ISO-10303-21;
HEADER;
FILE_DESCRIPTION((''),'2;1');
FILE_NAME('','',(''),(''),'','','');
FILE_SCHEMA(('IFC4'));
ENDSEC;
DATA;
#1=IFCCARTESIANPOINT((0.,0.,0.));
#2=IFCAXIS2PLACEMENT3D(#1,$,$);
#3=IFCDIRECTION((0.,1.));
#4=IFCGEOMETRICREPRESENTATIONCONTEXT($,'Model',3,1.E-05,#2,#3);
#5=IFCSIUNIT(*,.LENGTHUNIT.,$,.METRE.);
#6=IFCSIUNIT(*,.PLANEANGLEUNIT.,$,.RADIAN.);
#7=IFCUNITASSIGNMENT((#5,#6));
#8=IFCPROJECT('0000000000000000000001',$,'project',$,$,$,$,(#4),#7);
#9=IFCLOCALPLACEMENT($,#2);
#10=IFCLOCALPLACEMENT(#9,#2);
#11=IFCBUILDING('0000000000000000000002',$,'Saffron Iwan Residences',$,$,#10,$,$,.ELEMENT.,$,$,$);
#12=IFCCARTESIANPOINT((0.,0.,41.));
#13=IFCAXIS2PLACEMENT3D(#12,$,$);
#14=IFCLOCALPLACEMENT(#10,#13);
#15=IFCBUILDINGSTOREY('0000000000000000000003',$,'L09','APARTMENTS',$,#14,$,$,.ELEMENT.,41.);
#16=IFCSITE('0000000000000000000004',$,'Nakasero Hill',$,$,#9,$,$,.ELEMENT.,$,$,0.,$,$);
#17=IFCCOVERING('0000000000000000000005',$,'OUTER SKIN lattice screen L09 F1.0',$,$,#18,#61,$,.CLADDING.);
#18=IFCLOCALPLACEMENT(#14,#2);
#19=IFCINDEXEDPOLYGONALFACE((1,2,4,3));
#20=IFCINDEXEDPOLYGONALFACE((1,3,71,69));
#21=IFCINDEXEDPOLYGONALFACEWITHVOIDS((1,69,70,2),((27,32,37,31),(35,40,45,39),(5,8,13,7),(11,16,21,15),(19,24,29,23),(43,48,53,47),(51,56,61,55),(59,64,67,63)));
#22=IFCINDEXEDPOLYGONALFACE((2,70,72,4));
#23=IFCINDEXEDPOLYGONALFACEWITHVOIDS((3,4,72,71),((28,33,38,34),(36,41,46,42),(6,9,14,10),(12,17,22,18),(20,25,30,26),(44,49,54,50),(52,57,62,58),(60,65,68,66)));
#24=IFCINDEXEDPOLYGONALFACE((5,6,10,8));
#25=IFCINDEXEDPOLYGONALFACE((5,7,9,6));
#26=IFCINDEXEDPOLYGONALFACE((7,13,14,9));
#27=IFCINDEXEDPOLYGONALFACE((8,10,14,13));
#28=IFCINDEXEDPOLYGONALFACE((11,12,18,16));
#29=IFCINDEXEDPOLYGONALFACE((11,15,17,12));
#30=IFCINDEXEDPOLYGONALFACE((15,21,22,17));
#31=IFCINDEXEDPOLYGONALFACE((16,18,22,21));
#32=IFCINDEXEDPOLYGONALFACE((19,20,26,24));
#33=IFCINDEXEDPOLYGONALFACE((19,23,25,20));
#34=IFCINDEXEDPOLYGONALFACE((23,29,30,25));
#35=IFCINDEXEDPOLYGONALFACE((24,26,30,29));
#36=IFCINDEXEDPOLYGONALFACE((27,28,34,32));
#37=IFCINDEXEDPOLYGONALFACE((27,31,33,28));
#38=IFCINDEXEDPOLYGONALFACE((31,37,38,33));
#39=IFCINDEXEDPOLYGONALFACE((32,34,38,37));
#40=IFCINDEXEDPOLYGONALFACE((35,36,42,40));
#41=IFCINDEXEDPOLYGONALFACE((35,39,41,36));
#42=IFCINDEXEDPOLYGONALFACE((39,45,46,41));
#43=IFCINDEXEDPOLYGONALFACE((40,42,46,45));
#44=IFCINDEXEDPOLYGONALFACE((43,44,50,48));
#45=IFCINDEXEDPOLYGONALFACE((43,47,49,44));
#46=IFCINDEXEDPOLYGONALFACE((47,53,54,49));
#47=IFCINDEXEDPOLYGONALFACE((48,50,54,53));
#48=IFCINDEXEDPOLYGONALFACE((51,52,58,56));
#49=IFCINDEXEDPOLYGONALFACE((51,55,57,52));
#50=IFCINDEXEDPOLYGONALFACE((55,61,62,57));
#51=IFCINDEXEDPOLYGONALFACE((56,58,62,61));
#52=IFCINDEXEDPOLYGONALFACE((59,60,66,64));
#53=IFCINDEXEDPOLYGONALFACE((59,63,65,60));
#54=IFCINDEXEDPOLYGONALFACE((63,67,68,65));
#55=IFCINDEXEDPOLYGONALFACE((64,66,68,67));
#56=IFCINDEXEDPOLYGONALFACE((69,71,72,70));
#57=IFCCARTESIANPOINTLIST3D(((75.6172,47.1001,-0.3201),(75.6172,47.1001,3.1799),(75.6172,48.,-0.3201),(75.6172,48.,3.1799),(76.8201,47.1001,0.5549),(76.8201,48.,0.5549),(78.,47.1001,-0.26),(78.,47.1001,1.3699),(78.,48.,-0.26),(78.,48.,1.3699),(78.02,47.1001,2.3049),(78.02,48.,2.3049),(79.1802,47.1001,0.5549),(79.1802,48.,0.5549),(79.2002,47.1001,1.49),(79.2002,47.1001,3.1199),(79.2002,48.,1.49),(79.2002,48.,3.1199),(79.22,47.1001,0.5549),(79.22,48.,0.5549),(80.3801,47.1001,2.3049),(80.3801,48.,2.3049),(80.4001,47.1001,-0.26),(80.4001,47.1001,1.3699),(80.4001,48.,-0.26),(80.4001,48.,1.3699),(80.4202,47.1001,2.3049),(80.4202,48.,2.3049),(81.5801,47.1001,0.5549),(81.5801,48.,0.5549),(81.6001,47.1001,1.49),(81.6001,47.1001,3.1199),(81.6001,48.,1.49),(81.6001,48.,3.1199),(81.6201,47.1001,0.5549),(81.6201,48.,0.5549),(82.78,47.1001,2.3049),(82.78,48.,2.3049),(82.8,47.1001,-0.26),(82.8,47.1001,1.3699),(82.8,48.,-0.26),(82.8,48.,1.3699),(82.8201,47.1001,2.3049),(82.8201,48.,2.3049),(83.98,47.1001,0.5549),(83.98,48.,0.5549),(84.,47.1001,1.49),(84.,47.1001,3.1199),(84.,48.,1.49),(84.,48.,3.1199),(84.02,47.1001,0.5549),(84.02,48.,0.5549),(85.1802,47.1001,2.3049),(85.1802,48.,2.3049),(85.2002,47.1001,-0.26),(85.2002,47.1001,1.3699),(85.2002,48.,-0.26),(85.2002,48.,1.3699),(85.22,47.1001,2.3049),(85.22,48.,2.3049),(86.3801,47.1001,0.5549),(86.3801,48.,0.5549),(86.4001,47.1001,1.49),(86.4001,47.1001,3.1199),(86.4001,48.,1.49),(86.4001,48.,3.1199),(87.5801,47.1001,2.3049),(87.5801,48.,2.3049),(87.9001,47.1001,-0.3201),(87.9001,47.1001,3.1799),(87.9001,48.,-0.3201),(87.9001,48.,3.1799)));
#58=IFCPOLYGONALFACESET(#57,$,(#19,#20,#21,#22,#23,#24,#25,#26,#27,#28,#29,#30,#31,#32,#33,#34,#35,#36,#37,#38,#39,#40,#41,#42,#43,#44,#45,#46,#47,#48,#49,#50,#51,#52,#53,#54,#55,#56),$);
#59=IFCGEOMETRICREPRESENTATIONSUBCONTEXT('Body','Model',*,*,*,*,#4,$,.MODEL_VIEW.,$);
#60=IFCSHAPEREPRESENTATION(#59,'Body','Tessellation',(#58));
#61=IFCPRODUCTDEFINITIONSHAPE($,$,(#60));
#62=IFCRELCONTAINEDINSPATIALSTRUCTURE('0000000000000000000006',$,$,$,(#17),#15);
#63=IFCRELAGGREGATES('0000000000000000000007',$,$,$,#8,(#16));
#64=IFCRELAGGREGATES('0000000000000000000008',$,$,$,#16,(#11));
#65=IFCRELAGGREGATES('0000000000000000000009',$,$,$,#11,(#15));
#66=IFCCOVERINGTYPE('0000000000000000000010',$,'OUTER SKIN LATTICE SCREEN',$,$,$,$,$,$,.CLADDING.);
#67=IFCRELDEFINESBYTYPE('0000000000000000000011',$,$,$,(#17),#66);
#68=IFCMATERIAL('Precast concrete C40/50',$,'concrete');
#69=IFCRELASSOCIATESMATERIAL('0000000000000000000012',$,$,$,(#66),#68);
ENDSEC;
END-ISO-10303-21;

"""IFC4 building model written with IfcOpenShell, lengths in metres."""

from ifc_helpers import new_model, si_unit, direction, frame, origin, place, context, subcontext, project, spatial, polyline, outline, extrude, material, type_object, element, save


model = new_model("IFC4")

# Units and contexts
model_context = context("Model", 3, precision=1e-05, world=origin(), true_north=direction((0.0, 1.0)))
body_context = subcontext(model_context, "Body", "Model", "MODEL_VIEW")
ifc_project = project(units=[si_unit("LENGTHUNIT", "METRE"), si_unit("PLANEANGLEUNIT", "RADIAN")], contexts=[model_context])

# Site, building, storey
site_placement = place(None, origin())
site = spatial("IfcSite", under=ifc_project, at=site_placement, Name="Nakasero Hill", CompositionType="ELEMENT", RefElevation=0.0)
building_placement = place(site_placement, origin())
building = spatial("IfcBuilding", under=site, at=building_placement, Name="Saffron Iwan Residences", CompositionType="ELEMENT")
storey_placement = place(building_placement, frame((0.0, 0.0, 41.0)))
storey = spatial("IfcBuildingStorey", under=building, at=storey_placement, Name="L09", Description="APARTMENTS", CompositionType="ELEMENT", Elevation=41.0)

# Covering
ifc_material_1 = material(Name="Precast concrete C40/50", Category="concrete")
covering_type = type_object("IfcCoveringType", Name="OUTER SKIN LATTICE SCREEN", PredefinedType="CLADDING", material=ifc_material_1)
covering_placement = place(storey_placement, frame((75.6172, 48.0, -0.3201), z_axis=(0.0, -1.0, 0.0), x_axis=(1.0, 0.0, 0.0)))
element("IfcCovering", 1, at=covering_placement, inside=storey, type_object=covering_type, Name="OUTER SKIN lattice screen L09 F1.0", PredefinedType="CLADDING", context=body_context, shape_type="SweptSolid", body=[
    extrude(outline(polyline([(0.0, 0.0), (12.283, 0.0), (12.283, 3.5), (0.0, 3.5), (0.0, 0.0)]), holes=[polyline([(1.2029, 0.875), (2.3828, 0.0601), (3.563, 0.875), (2.3828, 1.6899), (1.2029, 0.875)]), polyline([(3.6028, 0.875), (4.783, 0.0601), (5.9629, 0.875), (4.783, 1.6899), (3.6028, 0.875)]), polyline([(6.0029, 0.875), (7.1829, 0.0601), (8.3628, 0.875), (7.1829, 1.6899), (6.0029, 0.875)]), polyline([(8.4028, 0.875), (9.583, 0.0601), (10.7629, 0.875), (9.583, 1.6899), (8.4028, 0.875)]), polyline([(2.4028, 2.625), (3.583, 1.8101), (4.7629, 2.625), (3.583, 3.4399), (2.4028, 2.625)]), polyline([(4.803, 2.625), (5.9829, 1.8101), (7.1628, 2.625), (5.9829, 3.4399), (4.803, 2.625)]), polyline([(7.2029, 2.625), (8.3828, 1.8101), (9.563, 2.625), (8.3828, 3.4399), (7.2029, 2.625)]), polyline([(9.6028, 2.625), (10.783, 1.8101), (11.9629, 2.625), (10.783, 3.4399), (9.6028, 2.625)])]), origin(), (0.0, 0.0, 1.0), 0.8999),
])

save(model, "model.ifc")
